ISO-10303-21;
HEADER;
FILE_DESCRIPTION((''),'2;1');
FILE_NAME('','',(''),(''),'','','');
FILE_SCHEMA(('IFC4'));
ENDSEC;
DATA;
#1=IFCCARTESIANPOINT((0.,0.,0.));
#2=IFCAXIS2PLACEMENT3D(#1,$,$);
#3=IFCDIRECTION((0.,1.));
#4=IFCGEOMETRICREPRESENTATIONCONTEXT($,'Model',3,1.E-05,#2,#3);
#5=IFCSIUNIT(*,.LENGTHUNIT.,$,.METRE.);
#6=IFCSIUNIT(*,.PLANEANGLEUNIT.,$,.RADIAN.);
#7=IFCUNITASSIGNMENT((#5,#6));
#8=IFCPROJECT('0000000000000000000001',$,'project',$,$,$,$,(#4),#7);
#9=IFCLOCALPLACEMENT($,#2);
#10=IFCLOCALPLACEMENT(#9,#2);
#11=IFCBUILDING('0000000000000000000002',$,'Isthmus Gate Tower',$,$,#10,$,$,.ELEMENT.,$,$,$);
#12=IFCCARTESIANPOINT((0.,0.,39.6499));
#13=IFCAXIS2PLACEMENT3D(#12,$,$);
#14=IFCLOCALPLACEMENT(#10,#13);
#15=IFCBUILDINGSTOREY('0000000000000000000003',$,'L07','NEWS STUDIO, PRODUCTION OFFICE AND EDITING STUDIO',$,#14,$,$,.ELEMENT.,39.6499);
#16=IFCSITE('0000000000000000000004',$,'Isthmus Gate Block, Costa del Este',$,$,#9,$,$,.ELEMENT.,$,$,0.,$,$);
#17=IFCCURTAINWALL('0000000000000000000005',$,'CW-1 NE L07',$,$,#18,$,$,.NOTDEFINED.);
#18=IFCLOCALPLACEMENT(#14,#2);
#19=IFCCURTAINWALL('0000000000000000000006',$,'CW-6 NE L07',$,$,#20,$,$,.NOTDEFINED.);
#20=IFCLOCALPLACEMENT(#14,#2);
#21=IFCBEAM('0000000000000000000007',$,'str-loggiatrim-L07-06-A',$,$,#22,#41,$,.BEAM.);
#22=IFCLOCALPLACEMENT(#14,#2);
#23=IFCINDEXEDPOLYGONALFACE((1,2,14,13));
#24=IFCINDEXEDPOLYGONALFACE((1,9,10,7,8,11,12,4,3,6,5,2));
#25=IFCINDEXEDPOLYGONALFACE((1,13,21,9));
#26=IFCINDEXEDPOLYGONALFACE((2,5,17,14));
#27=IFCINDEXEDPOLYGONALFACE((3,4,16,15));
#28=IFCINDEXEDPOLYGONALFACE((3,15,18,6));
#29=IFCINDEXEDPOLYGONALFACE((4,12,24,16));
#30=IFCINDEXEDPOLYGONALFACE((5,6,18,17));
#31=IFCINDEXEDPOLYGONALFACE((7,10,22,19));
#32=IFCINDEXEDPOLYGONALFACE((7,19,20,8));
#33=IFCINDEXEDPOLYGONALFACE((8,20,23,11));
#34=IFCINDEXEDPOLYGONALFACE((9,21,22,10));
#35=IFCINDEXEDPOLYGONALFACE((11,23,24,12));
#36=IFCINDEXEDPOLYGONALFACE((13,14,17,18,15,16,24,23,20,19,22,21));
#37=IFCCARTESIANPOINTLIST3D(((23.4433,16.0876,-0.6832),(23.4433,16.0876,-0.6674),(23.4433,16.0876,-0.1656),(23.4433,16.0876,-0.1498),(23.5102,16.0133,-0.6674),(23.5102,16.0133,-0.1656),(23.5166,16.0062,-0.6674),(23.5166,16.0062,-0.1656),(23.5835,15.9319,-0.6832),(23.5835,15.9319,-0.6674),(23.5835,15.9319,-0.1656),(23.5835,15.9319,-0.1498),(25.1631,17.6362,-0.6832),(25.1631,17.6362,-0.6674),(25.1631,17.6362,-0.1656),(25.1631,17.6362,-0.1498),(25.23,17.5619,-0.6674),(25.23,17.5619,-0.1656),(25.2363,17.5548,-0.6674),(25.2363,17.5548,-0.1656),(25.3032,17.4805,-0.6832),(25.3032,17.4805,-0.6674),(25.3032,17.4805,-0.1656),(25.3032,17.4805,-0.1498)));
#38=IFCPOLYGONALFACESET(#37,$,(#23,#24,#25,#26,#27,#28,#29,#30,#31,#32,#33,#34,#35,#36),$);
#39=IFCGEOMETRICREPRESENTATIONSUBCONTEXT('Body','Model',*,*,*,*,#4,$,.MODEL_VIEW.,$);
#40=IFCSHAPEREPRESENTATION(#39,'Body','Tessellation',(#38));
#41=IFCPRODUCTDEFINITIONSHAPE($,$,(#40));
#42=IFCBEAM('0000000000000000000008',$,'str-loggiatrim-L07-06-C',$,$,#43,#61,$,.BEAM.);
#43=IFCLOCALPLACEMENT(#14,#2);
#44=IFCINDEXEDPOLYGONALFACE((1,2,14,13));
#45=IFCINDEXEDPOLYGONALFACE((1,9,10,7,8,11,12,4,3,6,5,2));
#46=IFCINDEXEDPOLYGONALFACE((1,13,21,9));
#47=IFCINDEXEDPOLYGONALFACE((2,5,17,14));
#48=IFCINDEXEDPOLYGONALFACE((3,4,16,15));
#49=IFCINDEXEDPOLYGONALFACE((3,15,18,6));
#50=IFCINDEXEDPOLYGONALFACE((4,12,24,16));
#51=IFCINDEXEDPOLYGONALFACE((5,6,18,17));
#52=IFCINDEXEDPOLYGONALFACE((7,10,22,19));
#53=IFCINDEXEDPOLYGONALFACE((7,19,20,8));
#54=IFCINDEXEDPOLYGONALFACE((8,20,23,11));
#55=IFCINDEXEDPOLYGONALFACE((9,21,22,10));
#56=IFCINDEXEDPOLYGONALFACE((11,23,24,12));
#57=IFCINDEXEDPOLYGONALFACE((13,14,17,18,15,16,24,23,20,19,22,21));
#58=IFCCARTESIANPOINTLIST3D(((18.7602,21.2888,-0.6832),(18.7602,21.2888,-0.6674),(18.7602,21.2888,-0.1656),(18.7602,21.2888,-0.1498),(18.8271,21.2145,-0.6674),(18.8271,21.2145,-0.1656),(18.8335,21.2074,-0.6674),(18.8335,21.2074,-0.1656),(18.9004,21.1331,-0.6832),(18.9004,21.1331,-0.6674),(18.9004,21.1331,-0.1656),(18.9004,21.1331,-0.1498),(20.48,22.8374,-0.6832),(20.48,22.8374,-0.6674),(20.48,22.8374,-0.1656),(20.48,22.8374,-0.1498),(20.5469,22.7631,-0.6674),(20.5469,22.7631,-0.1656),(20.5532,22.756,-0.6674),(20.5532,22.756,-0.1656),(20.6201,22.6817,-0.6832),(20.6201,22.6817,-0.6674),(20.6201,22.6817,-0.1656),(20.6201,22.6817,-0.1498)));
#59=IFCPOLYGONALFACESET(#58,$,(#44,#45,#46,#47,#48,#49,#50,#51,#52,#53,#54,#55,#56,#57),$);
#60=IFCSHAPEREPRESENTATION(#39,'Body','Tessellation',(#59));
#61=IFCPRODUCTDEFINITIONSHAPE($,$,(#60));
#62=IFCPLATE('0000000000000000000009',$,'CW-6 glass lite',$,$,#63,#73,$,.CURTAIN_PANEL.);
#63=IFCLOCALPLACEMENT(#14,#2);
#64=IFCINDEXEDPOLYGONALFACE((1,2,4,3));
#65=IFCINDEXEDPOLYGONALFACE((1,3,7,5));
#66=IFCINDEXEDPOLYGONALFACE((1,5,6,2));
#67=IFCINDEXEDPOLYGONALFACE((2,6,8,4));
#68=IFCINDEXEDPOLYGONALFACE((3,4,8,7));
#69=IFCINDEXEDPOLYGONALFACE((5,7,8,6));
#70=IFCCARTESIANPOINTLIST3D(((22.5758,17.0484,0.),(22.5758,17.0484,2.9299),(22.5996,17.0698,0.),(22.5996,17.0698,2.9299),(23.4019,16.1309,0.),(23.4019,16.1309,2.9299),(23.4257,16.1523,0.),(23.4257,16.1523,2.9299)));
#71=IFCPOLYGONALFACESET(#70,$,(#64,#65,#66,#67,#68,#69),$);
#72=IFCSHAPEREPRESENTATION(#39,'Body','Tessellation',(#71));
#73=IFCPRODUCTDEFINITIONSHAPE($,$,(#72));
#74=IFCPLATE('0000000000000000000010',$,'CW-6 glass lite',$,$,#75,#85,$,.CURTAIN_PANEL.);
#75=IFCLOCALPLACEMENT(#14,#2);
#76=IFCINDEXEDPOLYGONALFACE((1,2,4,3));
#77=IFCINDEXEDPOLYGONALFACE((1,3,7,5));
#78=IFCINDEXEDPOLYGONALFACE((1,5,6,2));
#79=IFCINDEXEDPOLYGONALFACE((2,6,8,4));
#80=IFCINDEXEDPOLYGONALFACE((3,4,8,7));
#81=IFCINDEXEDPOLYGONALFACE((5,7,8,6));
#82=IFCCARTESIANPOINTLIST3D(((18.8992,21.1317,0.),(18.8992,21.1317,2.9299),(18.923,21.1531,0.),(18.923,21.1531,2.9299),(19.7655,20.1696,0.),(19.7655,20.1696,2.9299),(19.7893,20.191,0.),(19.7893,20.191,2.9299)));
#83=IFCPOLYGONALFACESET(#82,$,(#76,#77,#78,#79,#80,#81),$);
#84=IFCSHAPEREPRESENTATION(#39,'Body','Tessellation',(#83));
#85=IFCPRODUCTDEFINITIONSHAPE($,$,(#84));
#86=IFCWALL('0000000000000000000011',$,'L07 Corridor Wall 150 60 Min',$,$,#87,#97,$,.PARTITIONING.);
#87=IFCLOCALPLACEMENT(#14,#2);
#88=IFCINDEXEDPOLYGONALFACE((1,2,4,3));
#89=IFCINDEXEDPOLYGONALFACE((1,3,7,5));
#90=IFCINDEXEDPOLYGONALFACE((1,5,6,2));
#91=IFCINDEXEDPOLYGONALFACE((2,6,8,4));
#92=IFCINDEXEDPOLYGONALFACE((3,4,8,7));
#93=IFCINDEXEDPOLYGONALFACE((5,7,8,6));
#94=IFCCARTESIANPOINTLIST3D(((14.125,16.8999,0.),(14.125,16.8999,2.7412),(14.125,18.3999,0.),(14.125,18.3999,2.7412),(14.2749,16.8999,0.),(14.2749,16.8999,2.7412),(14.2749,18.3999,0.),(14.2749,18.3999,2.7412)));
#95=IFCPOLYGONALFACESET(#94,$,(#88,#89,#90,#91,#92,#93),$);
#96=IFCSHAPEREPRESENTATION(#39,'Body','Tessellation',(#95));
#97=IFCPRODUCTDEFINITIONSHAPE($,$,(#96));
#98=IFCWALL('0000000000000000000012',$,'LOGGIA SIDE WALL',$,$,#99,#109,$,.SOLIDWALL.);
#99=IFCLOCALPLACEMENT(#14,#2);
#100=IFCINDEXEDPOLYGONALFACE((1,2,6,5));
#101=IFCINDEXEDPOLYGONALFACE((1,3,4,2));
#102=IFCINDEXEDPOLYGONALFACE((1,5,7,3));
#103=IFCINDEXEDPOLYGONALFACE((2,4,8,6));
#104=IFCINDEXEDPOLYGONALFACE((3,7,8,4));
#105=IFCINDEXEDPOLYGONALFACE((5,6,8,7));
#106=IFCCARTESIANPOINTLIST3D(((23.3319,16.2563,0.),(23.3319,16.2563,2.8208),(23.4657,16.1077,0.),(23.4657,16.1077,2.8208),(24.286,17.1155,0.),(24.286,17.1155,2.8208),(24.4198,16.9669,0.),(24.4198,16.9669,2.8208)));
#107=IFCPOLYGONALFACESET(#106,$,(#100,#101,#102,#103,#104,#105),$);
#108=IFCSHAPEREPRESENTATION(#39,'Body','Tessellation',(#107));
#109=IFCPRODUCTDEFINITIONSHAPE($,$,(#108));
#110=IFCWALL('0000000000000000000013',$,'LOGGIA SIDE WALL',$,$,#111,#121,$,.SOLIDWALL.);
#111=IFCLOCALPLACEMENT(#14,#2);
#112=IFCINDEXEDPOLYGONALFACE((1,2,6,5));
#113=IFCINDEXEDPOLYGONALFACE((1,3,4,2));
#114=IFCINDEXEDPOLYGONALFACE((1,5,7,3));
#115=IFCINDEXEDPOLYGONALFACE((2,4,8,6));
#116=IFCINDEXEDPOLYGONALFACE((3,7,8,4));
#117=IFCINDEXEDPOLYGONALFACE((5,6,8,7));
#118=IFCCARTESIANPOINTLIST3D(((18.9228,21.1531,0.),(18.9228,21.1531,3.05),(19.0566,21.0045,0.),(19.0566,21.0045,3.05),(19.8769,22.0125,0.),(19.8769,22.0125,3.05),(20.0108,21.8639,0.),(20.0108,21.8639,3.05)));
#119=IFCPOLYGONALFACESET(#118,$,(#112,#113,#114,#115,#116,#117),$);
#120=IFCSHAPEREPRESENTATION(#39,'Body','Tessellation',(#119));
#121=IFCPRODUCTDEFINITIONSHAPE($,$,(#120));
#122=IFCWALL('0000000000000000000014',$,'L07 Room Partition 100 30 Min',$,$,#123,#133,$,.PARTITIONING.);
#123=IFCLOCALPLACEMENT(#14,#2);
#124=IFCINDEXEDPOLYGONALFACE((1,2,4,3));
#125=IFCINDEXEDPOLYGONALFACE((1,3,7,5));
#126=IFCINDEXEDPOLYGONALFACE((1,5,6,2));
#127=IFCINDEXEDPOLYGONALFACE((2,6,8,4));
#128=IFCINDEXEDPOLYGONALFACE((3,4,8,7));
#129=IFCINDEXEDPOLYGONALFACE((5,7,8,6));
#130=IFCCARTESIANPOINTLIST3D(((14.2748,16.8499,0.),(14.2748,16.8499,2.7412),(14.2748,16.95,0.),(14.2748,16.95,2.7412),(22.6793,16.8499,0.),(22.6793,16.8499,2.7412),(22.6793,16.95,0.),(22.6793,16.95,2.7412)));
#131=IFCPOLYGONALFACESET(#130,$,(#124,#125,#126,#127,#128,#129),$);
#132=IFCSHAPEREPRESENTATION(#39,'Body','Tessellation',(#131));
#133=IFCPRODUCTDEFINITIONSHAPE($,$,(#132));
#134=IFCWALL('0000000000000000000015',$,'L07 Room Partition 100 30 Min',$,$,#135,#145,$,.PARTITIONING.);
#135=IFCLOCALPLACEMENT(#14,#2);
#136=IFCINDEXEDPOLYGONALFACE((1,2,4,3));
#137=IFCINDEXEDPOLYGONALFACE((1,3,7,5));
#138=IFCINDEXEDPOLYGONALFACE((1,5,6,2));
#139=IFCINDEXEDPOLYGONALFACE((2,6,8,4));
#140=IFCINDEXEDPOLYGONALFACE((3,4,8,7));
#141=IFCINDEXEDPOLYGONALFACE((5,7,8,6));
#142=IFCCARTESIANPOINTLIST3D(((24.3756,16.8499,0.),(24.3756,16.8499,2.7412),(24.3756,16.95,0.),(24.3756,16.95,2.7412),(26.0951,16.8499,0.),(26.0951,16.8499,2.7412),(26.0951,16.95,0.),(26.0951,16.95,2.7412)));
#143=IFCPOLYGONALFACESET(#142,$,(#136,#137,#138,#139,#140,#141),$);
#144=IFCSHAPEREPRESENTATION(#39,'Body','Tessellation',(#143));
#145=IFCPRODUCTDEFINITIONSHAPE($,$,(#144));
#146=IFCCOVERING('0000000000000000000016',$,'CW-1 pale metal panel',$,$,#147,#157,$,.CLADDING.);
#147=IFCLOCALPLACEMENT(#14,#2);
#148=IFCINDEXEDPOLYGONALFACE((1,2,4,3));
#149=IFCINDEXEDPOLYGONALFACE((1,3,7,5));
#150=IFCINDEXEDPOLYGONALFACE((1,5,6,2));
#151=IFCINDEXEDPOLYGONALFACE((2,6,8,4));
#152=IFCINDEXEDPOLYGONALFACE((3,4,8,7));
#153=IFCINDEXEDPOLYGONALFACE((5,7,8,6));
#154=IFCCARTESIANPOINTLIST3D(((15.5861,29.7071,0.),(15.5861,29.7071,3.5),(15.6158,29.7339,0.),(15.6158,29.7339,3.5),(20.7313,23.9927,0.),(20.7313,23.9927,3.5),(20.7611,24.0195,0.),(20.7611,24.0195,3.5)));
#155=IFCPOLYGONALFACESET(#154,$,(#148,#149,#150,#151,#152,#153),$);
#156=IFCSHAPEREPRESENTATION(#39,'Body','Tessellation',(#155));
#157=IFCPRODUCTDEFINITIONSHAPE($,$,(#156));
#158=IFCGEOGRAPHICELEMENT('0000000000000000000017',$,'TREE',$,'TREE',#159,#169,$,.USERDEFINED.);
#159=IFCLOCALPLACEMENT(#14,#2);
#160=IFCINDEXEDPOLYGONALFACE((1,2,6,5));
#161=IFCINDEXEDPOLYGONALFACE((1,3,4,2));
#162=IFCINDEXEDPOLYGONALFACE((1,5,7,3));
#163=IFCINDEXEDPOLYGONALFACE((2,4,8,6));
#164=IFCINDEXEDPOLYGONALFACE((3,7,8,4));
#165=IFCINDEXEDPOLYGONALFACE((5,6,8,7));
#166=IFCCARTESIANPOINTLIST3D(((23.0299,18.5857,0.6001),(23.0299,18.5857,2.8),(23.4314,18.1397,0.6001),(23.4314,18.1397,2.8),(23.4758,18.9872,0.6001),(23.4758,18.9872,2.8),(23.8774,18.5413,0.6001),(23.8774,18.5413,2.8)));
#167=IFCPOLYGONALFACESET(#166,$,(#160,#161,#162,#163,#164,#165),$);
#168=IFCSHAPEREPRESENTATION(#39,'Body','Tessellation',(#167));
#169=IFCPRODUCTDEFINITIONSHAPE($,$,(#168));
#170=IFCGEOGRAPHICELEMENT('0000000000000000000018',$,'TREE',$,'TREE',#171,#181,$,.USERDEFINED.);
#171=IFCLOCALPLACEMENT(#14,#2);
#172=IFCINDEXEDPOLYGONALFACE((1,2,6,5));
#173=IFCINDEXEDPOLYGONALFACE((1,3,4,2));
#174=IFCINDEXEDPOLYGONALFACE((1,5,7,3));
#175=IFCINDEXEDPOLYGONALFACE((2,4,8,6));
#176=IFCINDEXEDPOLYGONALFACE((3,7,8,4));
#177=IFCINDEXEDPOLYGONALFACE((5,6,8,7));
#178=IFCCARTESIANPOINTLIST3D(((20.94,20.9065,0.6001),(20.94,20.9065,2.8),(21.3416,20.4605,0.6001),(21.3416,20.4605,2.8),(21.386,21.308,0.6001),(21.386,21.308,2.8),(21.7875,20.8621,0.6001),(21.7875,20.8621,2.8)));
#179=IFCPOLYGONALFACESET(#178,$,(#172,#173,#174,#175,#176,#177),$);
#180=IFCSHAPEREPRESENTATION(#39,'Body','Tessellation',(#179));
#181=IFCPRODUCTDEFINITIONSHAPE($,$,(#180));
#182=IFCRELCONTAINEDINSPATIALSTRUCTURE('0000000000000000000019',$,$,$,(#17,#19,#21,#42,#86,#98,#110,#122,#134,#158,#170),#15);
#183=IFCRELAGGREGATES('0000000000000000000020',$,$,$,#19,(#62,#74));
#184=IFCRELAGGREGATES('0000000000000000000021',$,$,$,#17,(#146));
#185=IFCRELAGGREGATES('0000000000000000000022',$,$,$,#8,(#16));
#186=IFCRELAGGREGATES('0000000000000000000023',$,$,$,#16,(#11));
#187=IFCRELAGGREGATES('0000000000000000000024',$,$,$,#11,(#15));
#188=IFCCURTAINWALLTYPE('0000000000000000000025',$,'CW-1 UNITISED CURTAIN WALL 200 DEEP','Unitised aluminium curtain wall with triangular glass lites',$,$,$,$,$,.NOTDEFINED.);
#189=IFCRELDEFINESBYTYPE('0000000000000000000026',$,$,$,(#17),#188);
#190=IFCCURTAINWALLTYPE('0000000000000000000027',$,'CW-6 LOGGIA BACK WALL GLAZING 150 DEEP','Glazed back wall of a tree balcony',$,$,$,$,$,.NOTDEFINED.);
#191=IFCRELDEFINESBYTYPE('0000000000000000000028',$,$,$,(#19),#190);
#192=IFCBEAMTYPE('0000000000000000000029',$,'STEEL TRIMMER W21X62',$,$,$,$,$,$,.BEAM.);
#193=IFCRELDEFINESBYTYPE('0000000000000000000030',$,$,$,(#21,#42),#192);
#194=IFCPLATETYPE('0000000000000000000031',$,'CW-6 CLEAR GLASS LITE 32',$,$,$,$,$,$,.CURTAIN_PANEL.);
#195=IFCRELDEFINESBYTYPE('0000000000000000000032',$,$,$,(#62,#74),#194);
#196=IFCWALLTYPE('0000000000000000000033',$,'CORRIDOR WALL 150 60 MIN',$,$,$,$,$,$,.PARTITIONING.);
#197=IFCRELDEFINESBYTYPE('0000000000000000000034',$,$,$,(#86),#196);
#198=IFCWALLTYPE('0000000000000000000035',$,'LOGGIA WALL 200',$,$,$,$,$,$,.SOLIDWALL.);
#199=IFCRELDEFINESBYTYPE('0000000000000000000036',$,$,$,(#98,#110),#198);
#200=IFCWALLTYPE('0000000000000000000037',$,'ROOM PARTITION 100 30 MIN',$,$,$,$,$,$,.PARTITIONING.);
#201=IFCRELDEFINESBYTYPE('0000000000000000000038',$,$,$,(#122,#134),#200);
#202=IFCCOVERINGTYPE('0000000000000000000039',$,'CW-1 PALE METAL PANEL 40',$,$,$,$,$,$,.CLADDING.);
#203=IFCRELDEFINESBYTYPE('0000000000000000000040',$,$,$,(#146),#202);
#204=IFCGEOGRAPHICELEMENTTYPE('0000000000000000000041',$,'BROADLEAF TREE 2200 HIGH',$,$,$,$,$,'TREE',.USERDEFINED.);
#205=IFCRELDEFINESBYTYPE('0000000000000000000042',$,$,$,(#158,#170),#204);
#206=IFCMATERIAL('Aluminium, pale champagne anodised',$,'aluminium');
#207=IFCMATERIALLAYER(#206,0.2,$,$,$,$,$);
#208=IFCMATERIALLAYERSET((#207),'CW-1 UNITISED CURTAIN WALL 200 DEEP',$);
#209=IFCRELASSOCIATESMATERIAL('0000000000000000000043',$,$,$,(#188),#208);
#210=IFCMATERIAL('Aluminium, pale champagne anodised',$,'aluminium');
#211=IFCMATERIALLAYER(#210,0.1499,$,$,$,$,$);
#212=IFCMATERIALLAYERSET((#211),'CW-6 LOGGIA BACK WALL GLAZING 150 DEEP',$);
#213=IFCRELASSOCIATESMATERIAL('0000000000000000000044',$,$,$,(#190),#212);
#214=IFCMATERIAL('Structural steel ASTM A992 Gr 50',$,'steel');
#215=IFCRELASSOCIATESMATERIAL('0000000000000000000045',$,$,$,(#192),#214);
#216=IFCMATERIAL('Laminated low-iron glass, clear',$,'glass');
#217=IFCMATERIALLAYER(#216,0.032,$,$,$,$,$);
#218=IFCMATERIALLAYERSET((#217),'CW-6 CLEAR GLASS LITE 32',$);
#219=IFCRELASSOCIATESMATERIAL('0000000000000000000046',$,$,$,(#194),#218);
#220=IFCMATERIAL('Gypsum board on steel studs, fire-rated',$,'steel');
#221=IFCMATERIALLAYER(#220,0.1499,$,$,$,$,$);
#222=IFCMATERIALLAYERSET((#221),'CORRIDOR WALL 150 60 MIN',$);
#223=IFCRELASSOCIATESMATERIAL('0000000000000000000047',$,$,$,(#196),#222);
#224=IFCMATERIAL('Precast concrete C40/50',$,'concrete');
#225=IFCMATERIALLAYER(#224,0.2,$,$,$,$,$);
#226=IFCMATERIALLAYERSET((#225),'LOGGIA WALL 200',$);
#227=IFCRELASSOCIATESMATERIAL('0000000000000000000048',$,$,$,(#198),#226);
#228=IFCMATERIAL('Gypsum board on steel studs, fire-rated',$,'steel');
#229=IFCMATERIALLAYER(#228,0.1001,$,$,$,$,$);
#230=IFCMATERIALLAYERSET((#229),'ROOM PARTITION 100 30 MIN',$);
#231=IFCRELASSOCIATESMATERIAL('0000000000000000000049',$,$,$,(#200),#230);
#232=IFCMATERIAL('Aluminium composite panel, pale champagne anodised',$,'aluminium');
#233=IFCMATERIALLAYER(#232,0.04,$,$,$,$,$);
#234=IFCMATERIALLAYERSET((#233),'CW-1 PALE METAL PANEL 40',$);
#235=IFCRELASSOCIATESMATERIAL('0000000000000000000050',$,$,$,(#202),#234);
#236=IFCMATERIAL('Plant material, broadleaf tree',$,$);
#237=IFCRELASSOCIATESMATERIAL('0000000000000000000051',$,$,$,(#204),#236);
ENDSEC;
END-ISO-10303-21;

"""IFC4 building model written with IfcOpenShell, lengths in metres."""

from ifc_helpers import new_model, si_unit, direction, frame, frame_2d, origin, origin_2d, place, context, subcontext, project, spatial, rectangle, i_section, extrude, material, layer, layer_set, material_profile, profile_set, type_object, element, aggregate, save


model = new_model("IFC4")

# Units and contexts
model_context = context("Model", 3, precision=1e-05, world=origin(), true_north=direction((0.0, 1.0)))
body_context = subcontext(model_context, "Body", "Model", "MODEL_VIEW")
ifc_project = project(units=[si_unit("LENGTHUNIT", "METRE"), si_unit("PLANEANGLEUNIT", "RADIAN")], contexts=[model_context])

# Site, building, storey
site_placement = place(None, origin())
site = spatial("IfcSite", under=ifc_project, at=site_placement, Name="Isthmus Gate Block, Costa del Este", CompositionType="ELEMENT", RefElevation=0.0)
building_placement = place(site_placement, origin())
building = spatial("IfcBuilding", under=site, at=building_placement, Name="Isthmus Gate Tower", CompositionType="ELEMENT")
storey_placement = place(building_placement, frame((0.0, 0.0, 39.6499)))
storey = spatial("IfcBuildingStorey", under=building, at=storey_placement, Name="L07", Description="NEWS STUDIO, PRODUCTION OFFICE AND EDITING STUDIO", CompositionType="ELEMENT", Elevation=39.6499)

# Curtain wall
ifc_material_1 = material(Name="Aluminium, pale champagne anodised", Category="aluminium")
ifc_layer_1 = layer(ifc_material_1, 0.2)
ifc_layer_set_1 = layer_set([ifc_layer_1], Name="CW-1 UNITISED CURTAIN WALL 200 DEEP")
curtain_wall_type_1 = type_object("IfcCurtainWallType", Name="CW-1 UNITISED CURTAIN WALL 200 DEEP", Description="Unitised aluminium curtain wall with triangular glass lites", PredefinedType="NOTDEFINED", material=ifc_layer_set_1)
curtain_wall_1_placement = place(storey_placement, origin())
curtain_wall_1 = element("IfcCurtainWall", 1, at=curtain_wall_1_placement, inside=storey, type_object=curtain_wall_type_1, Name="CW-1 NE L07", PredefinedType="NOTDEFINED")

# Curtain wall
ifc_material_2 = material(Name="Aluminium, pale champagne anodised", Category="aluminium")
ifc_layer_2 = layer(ifc_material_2, 0.1499)
ifc_layer_set_2 = layer_set([ifc_layer_2], Name="CW-6 LOGGIA BACK WALL GLAZING 150 DEEP")
curtain_wall_type_2 = type_object("IfcCurtainWallType", Name="CW-6 LOGGIA BACK WALL GLAZING 150 DEEP", Description="Glazed back wall of a tree balcony", PredefinedType="NOTDEFINED", material=ifc_layer_set_2)
curtain_wall_2_placement = place(storey_placement, origin())
curtain_wall_2 = element("IfcCurtainWall", 2, at=curtain_wall_2_placement, inside=storey, type_object=curtain_wall_type_2, Name="CW-6 NE L07", PredefinedType="NOTDEFINED")

# Beams
ifc_material_3 = material(Name="Structural steel ASTM A992 Gr 50", Category="steel")
ifc_material_profile_1 = material_profile(ifc_material_3, i_section(OverallWidth=0.2095, OverallDepth=0.5334, WebThickness=0.0095, FlangeThickness=0.0159, at=origin_2d()), Name="W21X62")
ifc_profile_set_1 = profile_set([ifc_material_profile_1], Name="Structural steel ASTM A992 Gr 50")
beam_type_1 = type_object("IfcBeamType", Name="STEEL TRIMMER W21X62", PredefinedType="BEAM", material=ifc_profile_set_1)
for number, where, z_axis, x_axis, name in (
    (3, (25.2332, 17.5583, -0.4165), (-0.743116, -0.669163, 0.0), (0.669163, -0.743116, 0.0), "str-loggiatrim-L07-06-A"),
    (4, (20.55, 22.7595, -0.4165), (-0.743116, -0.669163, 0.0), (0.669163, -0.743116, 0.0), "str-loggiatrim-L07-06-C"),
):
    element("IfcBeam", number, at=place(storey_placement, frame(where, z_axis=z_axis, x_axis=x_axis)), inside=storey, type_object=beam_type_1, Name=name, PredefinedType="BEAM", context=body_context, shape_type="SweptSolid", body=[
        extrude(i_section(OverallWidth=0.2095, OverallDepth=0.5334, WebThickness=0.0095, FlangeThickness=0.0159, at=origin_2d()), origin(), (0.0, 0.0, 1.0), 2.3142),
    ])

# Plates
ifc_material_4 = material(Name="Laminated low-iron glass, clear", Category="glass")
ifc_layer_3 = layer(ifc_material_4, 0.032)
ifc_layer_set_3 = layer_set([ifc_layer_3], Name="CW-6 CLEAR GLASS LITE 32")
plate_type = type_object("IfcPlateType", Name="CW-6 CLEAR GLASS LITE 32", PredefinedType="CURTAIN_PANEL", material=ifc_layer_set_3)
plate_1_placement = place(storey_placement, frame((23.0007, 16.6003, 0.0), z_axis=(0.0, 0.0, 1.0), x_axis=(-0.669131, 0.743145, 0.0)))
plate_1 = element("IfcPlate", 5, at=plate_1_placement, type_object=plate_type, Name="CW-6 glass lite", PredefinedType="CURTAIN_PANEL", context=body_context, shape_type="SweptSolid", body=[
    extrude(rectangle(XDim=1.2346, YDim=0.032, at=origin_2d()), origin(), (0.0, 0.0, 1.0), 2.9299),
])
plate_2_placement = place(storey_placement, frame((19.3442, 20.6614, 0.0), z_axis=(0.0, 0.0, 1.0), x_axis=(-0.669131, 0.743145, 0.0)))
plate_2 = element("IfcPlate", 6, at=plate_2_placement, type_object=plate_type, Name="CW-6 glass lite", PredefinedType="CURTAIN_PANEL", context=body_context, shape_type="SweptSolid", body=[
    extrude(rectangle(XDim=1.2947, YDim=0.032, at=origin_2d()), origin(), (0.0, 0.0, 1.0), 2.9299),
])
aggregate(curtain_wall_2, [plate_1, plate_2])

# Wall
ifc_material_5 = material(Name="Gypsum board on steel studs, fire-rated", Category="steel")
ifc_layer_4 = layer(ifc_material_5, 0.1499)
ifc_layer_set_4 = layer_set([ifc_layer_4], Name="CORRIDOR WALL 150 60 MIN")
wall_type_1 = type_object("IfcWallType", Name="CORRIDOR WALL 150 60 MIN", PredefinedType="PARTITIONING", material=ifc_layer_set_4)
wall_1_placement = place(storey_placement, frame((14.2, 18.3999, 0.0), z_axis=(0.0, 0.0, 1.0), x_axis=(0.0, -1.0, 0.0)))
element("IfcWall", 7, at=wall_1_placement, inside=storey, type_object=wall_type_1, Name="L07 Corridor Wall 150 60 Min", PredefinedType="PARTITIONING", context=body_context, shape_type="SweptSolid", body=[
    extrude(rectangle(XDim=1.5, YDim=0.1499, at=frame_2d((0.75, 0.0))), origin(), (0.0, 0.0, 1.0), 2.7412),
])

# Shared definitions
ifc_material_6 = material(Name="Precast concrete C40/50", Category="concrete")
ifc_layer_5 = layer(ifc_material_6, 0.2)
ifc_layer_set_5 = layer_set([ifc_layer_5], Name="LOGGIA WALL 200")
wall_type_2 = type_object("IfcWallType", Name="LOGGIA WALL 200", PredefinedType="SOLIDWALL", material=ifc_layer_set_5)

# Walls
wall_2_placement = place(storey_placement, frame((24.353, 17.0413, 0.0), z_axis=(0.0, 0.0, 1.0), x_axis=(-0.743124, -0.669154, 0.0)))
element("IfcWall", 8, at=wall_2_placement, inside=storey, type_object=wall_type_2, Name="LOGGIA SIDE WALL", PredefinedType="SOLIDWALL", context=body_context, shape_type="SweptSolid", body=[
    extrude(rectangle(XDim=1.2839, YDim=0.2, at=frame_2d((0.6421, 0.0))), origin(), (0.0, 0.0, 1.0), 2.8208),
])
wall_3_placement = place(storey_placement, frame((19.9438, 21.9382, 0.0), z_axis=(0.0, 0.0, 1.0), x_axis=(-0.743029, -0.669259, 0.0)))
element("IfcWall", 9, at=wall_3_placement, inside=storey, type_object=wall_type_2, Name="LOGGIA SIDE WALL", PredefinedType="SOLIDWALL", context=body_context, shape_type="SweptSolid", body=[
    extrude(rectangle(XDim=1.2842, YDim=0.2, at=frame_2d((0.6421, 0.0))), origin(), (0.0, 0.0, 1.0), 3.05),
])
ifc_material_7 = material(Name="Gypsum board on steel studs, fire-rated", Category="steel")
ifc_layer_6 = layer(ifc_material_7, 0.1001)
ifc_layer_set_6 = layer_set([ifc_layer_6], Name="ROOM PARTITION 100 30 MIN")
wall_type_3 = type_object("IfcWallType", Name="ROOM PARTITION 100 30 MIN", PredefinedType="PARTITIONING", material=ifc_layer_set_6)
wall_4_placement = place(storey_placement, frame((14.2749, 16.8999, 0.0), z_axis=(0.0, 0.0, 1.0), x_axis=(1.0, 0.0, 0.0)))
element("IfcWall", 10, at=wall_4_placement, inside=storey, type_object=wall_type_3, Name="L07 Room Partition 100 30 Min", PredefinedType="PARTITIONING", context=body_context, shape_type="SweptSolid", body=[
    extrude(rectangle(XDim=8.4045, YDim=0.1001, at=frame_2d((4.2021, 0.0))), origin(), (0.0, 0.0, 1.0), 2.7412),
])
wall_5_placement = place(storey_placement, frame((24.3755, 16.8999, 0.0), z_axis=(0.0, 0.0, 1.0), x_axis=(1.0, 0.0, 0.0)))
element("IfcWall", 11, at=wall_5_placement, inside=storey, type_object=wall_type_3, Name="L07 Room Partition 100 30 Min", PredefinedType="PARTITIONING", context=body_context, shape_type="SweptSolid", body=[
    extrude(rectangle(XDim=1.7195, YDim=0.1001, at=frame_2d((0.8599, 0.0))), origin(), (0.0, 0.0, 1.0), 2.7412),
])

# Covering
ifc_material_8 = material(Name="Aluminium composite panel, pale champagne anodised", Category="aluminium")
ifc_layer_7 = layer(ifc_material_8, 0.04)
ifc_layer_set_7 = layer_set([ifc_layer_7], Name="CW-1 PALE METAL PANEL 40")
covering_type = type_object("IfcCoveringType", Name="CW-1 PALE METAL PANEL 40", PredefinedType="CLADDING", material=ifc_layer_set_7)
covering_placement = place(storey_placement, frame((18.1736, 26.8633, 0.0), z_axis=(0.0, 0.0, 1.0), x_axis=(-0.669131, 0.743145, 0.0)))
covering = element("IfcCovering", 12, at=covering_placement, type_object=covering_type, Name="CW-1 pale metal panel", PredefinedType="CLADDING", context=body_context, shape_type="SweptSolid", body=[
    extrude(rectangle(XDim=7.6895, YDim=0.04, at=origin_2d()), origin(), (0.0, 0.0, 1.0), 3.5),
])
aggregate(curtain_wall_1, [covering])

# Geographic elements
ifc_material_9 = material(Name="Plant material, broadleaf tree")
geographic_element_type = type_object("IfcGeographicElementType", Name="BROADLEAF TREE 2200 HIGH", ElementType="TREE", PredefinedType="USERDEFINED", material=ifc_material_9)
for number, where, z_axis, x_axis, name in (
    (13, (23.4536, 18.5635, 0.6001), (0.0, 0.0, 1.0), (-0.669131, 0.743145, 0.0), "TREE"),
    (14, (21.3638, 20.8843, 0.6001), (0.0, 0.0, 1.0), (-0.669131, 0.743145, 0.0), "TREE"),
):
    element("IfcGeographicElement", number, at=place(storey_placement, frame(where, z_axis=z_axis, x_axis=x_axis)), inside=storey, type_object=geographic_element_type, Name=name, ObjectType="TREE", PredefinedType="USERDEFINED", context=body_context, shape_type="SweptSolid", body=[
        extrude(rectangle(XDim=0.6001, YDim=0.6001, at=origin_2d()), origin(), (0.0, 0.0, 1.0), 2.2),
    ])

save(model, "model.ifc")
